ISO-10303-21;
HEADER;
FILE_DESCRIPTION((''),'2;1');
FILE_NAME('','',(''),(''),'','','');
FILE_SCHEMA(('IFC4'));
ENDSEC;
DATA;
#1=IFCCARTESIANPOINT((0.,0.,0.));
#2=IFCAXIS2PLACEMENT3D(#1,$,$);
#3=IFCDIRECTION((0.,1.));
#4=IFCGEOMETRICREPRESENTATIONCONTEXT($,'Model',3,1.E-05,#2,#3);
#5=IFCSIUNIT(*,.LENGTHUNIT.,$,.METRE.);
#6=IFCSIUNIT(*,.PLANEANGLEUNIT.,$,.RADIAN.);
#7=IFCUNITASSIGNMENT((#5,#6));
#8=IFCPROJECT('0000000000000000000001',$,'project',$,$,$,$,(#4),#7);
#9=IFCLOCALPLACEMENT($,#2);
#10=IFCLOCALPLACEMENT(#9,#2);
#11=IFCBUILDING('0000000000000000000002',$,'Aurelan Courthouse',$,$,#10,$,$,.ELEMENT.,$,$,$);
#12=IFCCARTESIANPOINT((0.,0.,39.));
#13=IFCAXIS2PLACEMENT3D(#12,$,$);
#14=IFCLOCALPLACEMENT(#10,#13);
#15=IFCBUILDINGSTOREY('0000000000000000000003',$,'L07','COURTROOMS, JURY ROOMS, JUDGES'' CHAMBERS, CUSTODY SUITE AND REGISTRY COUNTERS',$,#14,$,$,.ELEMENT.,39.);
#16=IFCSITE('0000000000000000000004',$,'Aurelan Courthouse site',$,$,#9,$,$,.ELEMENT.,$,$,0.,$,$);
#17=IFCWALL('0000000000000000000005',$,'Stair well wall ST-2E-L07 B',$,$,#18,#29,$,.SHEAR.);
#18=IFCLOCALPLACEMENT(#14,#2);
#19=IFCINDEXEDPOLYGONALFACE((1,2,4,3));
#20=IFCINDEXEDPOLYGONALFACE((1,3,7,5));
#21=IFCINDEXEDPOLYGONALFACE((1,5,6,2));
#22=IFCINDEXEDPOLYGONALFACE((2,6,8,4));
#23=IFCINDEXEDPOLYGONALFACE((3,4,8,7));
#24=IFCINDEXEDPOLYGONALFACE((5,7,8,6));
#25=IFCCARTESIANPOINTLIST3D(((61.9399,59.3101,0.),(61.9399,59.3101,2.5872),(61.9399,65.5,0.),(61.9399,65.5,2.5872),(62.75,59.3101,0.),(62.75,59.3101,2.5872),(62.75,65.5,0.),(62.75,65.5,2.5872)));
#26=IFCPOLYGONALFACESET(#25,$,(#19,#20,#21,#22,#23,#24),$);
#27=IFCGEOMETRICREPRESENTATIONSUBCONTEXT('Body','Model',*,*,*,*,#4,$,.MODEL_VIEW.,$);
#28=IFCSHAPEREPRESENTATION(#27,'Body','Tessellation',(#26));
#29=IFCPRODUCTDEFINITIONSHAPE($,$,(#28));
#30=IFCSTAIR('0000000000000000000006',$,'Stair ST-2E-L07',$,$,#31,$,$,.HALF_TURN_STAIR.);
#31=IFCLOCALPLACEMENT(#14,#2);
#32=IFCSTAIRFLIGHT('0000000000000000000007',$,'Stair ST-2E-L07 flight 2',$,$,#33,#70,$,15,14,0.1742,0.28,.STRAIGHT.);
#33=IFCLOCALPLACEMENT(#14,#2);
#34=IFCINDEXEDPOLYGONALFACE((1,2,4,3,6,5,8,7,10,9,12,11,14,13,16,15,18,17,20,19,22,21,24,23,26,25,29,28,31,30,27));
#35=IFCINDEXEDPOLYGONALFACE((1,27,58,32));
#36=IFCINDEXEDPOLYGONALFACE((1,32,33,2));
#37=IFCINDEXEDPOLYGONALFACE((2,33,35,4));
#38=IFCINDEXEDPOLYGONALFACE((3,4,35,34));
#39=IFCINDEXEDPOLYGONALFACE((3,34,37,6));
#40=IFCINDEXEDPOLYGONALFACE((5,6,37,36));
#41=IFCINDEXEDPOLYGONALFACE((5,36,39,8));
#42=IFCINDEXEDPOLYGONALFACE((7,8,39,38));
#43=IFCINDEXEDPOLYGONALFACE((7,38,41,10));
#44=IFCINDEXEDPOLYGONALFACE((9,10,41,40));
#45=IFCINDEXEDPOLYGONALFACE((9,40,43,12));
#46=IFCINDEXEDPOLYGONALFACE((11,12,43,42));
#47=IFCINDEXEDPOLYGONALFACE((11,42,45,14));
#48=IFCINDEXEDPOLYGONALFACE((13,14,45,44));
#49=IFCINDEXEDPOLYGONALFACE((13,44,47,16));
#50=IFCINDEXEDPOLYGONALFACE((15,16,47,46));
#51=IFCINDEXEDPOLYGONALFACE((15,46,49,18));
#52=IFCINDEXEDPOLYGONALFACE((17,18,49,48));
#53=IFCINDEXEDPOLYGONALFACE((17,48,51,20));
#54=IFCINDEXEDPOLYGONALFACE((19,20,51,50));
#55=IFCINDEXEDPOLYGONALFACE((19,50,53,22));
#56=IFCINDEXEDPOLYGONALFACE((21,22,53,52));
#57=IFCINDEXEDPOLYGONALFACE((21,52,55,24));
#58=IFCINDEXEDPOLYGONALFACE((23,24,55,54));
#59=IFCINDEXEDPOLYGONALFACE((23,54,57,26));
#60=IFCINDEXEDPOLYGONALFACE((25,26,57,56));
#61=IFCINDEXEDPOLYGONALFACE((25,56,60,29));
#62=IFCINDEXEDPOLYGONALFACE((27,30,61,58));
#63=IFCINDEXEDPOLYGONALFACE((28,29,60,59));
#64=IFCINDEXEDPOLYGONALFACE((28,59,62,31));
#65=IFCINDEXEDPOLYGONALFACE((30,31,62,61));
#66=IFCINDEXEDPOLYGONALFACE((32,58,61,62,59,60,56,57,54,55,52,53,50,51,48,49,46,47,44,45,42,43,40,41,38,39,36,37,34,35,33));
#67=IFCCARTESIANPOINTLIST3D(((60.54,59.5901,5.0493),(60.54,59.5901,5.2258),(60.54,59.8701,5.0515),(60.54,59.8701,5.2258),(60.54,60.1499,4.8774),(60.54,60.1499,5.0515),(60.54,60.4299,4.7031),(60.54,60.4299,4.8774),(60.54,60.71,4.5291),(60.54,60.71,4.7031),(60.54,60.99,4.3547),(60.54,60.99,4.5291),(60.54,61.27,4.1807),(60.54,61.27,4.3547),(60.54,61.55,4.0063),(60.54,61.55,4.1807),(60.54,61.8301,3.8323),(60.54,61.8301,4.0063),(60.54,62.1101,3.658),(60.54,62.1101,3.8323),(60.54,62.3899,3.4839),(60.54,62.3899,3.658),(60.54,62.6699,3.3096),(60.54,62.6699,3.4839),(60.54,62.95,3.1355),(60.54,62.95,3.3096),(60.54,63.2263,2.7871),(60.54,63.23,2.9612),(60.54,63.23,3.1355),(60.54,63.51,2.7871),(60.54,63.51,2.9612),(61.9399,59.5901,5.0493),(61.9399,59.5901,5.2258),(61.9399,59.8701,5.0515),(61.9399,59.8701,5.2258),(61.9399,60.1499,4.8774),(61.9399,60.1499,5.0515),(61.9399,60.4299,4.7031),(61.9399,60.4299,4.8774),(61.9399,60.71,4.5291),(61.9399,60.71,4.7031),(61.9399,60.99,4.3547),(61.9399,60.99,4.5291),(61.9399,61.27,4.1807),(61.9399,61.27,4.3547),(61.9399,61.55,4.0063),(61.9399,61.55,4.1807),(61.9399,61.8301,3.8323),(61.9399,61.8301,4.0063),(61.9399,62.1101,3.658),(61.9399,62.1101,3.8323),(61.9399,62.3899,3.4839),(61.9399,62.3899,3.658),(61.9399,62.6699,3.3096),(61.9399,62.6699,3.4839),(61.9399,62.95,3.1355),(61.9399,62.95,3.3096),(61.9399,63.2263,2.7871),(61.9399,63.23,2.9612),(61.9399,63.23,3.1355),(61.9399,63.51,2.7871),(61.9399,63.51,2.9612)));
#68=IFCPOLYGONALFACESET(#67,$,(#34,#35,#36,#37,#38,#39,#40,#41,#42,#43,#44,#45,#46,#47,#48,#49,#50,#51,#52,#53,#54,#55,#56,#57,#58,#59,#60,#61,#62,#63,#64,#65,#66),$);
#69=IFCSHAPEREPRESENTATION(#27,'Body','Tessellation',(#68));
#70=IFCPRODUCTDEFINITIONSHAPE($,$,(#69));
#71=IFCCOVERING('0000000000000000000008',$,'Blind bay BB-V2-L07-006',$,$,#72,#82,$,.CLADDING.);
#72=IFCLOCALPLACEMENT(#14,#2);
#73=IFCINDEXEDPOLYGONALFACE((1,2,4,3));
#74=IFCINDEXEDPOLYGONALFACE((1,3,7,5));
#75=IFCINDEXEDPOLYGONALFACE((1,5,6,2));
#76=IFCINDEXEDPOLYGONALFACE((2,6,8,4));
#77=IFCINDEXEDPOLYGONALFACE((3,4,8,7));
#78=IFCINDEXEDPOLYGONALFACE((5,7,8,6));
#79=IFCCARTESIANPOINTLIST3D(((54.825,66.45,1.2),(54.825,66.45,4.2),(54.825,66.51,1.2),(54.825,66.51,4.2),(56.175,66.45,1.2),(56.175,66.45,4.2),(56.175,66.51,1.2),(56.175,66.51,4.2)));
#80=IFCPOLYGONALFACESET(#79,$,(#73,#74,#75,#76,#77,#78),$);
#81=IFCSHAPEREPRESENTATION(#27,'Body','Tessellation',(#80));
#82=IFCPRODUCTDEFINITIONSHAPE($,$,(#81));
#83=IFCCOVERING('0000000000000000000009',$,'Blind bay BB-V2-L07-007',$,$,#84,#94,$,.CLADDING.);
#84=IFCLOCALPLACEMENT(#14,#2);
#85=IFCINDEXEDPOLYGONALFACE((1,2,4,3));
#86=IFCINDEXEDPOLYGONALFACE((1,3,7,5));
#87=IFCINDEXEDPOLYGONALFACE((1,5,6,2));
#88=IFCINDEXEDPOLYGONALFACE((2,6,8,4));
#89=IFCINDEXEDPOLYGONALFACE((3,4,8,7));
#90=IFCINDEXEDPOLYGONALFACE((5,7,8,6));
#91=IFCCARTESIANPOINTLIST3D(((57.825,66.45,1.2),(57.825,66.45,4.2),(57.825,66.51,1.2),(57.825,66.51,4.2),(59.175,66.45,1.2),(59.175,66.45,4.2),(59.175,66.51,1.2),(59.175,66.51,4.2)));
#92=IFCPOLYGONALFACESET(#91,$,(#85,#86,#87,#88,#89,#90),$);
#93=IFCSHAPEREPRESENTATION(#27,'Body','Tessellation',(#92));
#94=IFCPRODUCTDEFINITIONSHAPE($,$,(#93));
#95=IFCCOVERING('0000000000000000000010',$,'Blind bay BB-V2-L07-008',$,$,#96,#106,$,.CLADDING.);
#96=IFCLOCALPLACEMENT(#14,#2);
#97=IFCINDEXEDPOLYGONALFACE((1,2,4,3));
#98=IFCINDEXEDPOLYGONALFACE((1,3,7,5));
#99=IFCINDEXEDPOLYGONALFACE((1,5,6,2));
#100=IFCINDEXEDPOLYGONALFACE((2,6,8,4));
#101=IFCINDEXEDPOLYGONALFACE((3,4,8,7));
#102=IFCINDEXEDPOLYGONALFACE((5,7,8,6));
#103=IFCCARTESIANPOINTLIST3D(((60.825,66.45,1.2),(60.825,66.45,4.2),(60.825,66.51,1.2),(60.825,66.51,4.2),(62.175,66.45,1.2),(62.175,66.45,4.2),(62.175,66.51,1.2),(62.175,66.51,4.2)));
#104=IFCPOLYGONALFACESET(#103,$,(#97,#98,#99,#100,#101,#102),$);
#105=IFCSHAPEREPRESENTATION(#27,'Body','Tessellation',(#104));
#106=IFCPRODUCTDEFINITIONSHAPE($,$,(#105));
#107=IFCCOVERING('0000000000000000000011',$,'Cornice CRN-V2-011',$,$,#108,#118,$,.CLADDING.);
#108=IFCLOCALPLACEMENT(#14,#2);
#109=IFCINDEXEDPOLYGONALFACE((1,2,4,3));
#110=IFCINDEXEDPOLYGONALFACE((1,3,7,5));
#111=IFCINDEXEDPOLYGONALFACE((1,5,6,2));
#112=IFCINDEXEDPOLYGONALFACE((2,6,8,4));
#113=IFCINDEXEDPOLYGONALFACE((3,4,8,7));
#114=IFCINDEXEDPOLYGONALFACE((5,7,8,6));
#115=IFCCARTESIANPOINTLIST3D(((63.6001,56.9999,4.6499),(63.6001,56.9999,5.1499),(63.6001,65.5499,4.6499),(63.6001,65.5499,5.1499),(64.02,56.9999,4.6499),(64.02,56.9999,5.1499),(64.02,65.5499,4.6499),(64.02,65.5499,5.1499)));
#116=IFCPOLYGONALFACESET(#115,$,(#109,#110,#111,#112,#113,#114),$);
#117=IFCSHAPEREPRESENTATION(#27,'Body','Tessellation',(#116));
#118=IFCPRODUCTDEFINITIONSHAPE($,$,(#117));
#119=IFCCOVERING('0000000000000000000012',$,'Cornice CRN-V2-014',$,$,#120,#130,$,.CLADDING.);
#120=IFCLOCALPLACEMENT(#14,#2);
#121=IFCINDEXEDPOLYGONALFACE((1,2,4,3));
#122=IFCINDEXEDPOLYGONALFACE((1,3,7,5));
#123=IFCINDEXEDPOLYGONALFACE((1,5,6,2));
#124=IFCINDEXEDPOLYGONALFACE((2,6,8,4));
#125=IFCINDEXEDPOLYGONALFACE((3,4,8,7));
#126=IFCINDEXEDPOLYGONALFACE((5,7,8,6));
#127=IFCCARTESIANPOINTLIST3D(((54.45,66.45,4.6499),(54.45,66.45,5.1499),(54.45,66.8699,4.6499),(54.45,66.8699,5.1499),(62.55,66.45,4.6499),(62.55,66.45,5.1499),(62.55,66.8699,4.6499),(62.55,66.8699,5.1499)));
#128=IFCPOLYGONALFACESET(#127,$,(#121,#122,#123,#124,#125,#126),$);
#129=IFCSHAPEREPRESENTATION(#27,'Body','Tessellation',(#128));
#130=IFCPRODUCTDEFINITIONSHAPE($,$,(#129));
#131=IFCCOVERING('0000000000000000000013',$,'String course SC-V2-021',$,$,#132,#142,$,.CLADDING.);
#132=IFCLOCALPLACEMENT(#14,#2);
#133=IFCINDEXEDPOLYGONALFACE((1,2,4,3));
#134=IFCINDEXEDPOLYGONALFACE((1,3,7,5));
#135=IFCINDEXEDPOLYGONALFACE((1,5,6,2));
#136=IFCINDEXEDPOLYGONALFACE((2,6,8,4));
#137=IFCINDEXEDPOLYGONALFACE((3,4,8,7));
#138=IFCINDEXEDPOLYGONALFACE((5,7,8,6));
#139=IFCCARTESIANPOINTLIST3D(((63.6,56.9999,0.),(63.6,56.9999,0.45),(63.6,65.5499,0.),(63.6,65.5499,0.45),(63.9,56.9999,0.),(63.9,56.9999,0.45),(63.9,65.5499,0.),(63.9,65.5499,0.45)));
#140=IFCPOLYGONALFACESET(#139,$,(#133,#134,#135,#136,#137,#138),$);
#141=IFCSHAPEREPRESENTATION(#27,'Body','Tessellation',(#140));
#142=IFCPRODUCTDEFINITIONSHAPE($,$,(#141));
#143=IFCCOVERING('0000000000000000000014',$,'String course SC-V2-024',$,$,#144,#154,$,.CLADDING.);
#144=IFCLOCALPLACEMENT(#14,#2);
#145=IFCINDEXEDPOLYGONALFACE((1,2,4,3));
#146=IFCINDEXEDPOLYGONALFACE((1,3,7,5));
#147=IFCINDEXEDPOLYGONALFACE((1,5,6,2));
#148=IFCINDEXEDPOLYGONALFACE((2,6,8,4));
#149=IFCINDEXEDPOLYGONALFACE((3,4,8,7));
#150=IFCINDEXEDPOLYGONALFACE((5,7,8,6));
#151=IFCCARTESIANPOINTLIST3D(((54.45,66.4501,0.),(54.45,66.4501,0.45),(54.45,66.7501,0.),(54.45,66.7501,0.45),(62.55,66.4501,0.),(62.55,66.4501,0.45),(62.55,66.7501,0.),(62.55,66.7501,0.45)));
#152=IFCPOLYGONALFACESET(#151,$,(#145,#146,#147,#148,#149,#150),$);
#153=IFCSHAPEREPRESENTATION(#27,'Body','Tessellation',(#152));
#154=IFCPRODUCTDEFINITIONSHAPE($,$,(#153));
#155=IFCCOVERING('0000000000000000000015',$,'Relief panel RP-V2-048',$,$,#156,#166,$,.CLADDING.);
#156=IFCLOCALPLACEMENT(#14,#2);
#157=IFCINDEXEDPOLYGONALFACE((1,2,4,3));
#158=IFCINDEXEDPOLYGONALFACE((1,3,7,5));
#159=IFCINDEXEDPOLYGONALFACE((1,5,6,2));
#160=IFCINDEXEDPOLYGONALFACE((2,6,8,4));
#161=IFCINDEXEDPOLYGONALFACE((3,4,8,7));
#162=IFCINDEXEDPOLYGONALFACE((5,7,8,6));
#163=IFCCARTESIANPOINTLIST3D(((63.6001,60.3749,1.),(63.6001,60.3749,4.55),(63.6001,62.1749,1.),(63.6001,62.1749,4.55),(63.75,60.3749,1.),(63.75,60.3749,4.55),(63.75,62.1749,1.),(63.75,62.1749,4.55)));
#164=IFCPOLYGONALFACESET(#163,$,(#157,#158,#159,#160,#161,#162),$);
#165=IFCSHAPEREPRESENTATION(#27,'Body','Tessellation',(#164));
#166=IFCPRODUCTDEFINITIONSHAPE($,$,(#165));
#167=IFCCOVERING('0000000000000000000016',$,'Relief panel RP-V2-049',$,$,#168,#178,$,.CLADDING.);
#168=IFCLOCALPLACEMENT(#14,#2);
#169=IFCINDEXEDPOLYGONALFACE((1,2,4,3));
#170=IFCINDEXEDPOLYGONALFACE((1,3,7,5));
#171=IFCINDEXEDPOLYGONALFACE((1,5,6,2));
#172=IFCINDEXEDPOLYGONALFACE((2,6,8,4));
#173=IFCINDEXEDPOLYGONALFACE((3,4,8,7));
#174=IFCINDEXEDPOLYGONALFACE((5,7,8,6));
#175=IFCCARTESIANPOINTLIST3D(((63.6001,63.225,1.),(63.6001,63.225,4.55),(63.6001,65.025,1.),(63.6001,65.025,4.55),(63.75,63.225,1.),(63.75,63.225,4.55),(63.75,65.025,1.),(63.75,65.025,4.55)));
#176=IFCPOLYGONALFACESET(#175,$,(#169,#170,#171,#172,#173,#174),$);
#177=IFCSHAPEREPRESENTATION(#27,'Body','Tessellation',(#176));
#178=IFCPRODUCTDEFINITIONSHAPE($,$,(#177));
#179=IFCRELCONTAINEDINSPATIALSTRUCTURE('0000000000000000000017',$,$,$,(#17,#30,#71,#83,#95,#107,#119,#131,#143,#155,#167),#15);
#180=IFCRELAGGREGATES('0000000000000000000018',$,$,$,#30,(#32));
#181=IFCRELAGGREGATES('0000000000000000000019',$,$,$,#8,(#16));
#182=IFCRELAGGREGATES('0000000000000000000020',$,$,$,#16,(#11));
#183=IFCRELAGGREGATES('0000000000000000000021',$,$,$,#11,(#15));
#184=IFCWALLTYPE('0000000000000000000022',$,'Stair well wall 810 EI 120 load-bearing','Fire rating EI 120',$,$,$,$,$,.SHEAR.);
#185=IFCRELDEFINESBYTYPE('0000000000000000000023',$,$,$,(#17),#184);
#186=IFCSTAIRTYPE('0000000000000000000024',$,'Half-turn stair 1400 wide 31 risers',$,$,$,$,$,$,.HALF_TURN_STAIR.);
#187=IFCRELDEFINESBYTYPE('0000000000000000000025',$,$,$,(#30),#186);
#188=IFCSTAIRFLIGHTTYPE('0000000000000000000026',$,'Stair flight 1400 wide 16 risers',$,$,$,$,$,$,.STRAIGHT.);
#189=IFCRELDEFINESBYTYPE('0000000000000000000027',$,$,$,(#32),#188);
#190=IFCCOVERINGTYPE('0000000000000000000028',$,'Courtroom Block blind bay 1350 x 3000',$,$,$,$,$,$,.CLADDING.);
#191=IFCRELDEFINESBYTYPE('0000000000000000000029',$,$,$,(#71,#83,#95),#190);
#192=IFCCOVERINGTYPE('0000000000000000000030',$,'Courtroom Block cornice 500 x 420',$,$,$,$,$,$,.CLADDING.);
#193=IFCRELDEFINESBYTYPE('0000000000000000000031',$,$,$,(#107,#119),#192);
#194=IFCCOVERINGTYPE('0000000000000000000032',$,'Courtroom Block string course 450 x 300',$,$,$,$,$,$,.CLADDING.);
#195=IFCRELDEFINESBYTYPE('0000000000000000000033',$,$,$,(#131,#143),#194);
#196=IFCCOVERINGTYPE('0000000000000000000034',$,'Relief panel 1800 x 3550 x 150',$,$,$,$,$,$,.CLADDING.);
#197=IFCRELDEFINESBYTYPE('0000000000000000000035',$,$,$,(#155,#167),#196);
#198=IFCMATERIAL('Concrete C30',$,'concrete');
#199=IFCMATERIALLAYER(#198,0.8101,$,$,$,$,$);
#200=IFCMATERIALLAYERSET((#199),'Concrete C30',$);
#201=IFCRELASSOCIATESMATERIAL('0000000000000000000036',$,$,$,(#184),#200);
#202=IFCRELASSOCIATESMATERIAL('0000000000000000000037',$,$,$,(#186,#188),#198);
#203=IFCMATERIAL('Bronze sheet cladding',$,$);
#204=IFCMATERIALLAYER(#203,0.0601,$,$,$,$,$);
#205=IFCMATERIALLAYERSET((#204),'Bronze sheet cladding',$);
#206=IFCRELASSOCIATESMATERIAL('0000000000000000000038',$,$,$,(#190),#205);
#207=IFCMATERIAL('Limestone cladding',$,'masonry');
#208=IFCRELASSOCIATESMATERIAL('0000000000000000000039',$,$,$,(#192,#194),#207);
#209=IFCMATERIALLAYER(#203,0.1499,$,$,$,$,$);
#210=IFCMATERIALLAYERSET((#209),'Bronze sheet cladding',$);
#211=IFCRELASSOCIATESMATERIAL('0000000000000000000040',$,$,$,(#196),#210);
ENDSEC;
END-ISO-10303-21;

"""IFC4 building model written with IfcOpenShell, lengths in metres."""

from ifc_helpers import new_model, si_unit, direction, frame, frame_2d, origin, origin_2d, place, context, subcontext, project, spatial, polyline, rectangle, outline, extrude, material, layer, layer_set, type_object, element, aggregate, save


model = new_model("IFC4")

# Units and contexts
model_context = context("Model", 3, precision=1e-05, world=origin(), true_north=direction((0.0, 1.0)))
body_context = subcontext(model_context, "Body", "Model", "MODEL_VIEW")
ifc_project = project(units=[si_unit("LENGTHUNIT", "METRE"), si_unit("PLANEANGLEUNIT", "RADIAN")], contexts=[model_context])

# Site, building, storey
site_placement = place(None, origin())
site = spatial("IfcSite", under=ifc_project, at=site_placement, Name="Aurelan Courthouse site", CompositionType="ELEMENT", RefElevation=0.0)
building_placement = place(site_placement, origin())
building = spatial("IfcBuilding", under=site, at=building_placement, Name="Aurelan Courthouse", CompositionType="ELEMENT")
storey_placement = place(building_placement, frame((0.0, 0.0, 39.0)))
storey = spatial("IfcBuildingStorey", under=building, at=storey_placement, Name="L07", Description="COURTROOMS, JURY ROOMS, JUDGES' CHAMBERS, CUSTODY SUITE AND REGISTRY COUNTERS", CompositionType="ELEMENT", Elevation=39.0)

# Shared definitions
ifc_material_1 = material(Name="Limestone cladding", Category="masonry")
ifc_material_2 = material(Name="Concrete C30", Category="concrete")

# Wall
ifc_layer_1 = layer(ifc_material_2, 0.8101)
ifc_layer_set_1 = layer_set([ifc_layer_1], Name="Concrete C30")
wall_type_1 = type_object("IfcWallType", Name="Stair well wall 810 EI 120 load-bearing", Description="Fire rating EI 120", PredefinedType="SHEAR", material=ifc_layer_set_1)
wall_1_placement = place(storey_placement, frame((62.345, 59.3101, 0.0), z_axis=(0.0, 0.0, 1.0), x_axis=(0.0, 1.0, 0.0)))
element("IfcWall", 1, at=wall_1_placement, inside=storey, type_object=wall_type_1, Name="Stair well wall ST-2E-L07 B", PredefinedType="SHEAR", context=body_context, shape_type="SweptSolid", body=[
    extrude(rectangle(XDim=6.1899, YDim=0.8101, at=frame_2d((3.095, 0.0))), origin(), (0.0, 0.0, 1.0), 2.5872),
])

# Stair, stair flight
stair_type = type_object("IfcStairType", Name="Half-turn stair 1400 wide 31 risers", PredefinedType="HALF_TURN_STAIR", material=ifc_material_2)
stair_placement = place(storey_placement, origin())
stair = element("IfcStair", 2, at=stair_placement, inside=storey, type_object=stair_type, Name="Stair ST-2E-L07", PredefinedType="HALF_TURN_STAIR")
stair_flight_type = type_object("IfcStairFlightType", Name="Stair flight 1400 wide 16 risers", PredefinedType="STRAIGHT", material=ifc_material_2)
stair_flight_placement = place(storey_placement, frame((61.24, 63.51, 2.7871), z_axis=(0.0, 0.0, 1.0), x_axis=(0.0, -1.0, 0.0)))
stair_flight = element("IfcStairFlight", 3, at=stair_flight_placement, type_object=stair_flight_type, Name="Stair ST-2E-L07 flight 2", NumberOfRisers=15, NumberOfTreads=14, PredefinedType="STRAIGHT", RiserHeight=0.1742, TreadLength=0.28, context=body_context, shape_type="SweptSolid", body=[
    extrude(outline(polyline([(0.0, 0.0), (0.0, 0.1741), (0.28, 0.1741), (0.28, 0.3484), (0.5601, 0.3484), (0.5601, 0.5225), (0.8401, 0.5225), (0.8401, 0.6968), (1.1201, 0.6968), (1.1201, 0.8708), (1.3999, 0.8708), (1.3999, 1.0452), (1.6799, 1.0452), (1.6799, 1.2192), (1.96, 1.2192), (1.96, 1.3936), (2.24, 1.3936), (2.24, 1.5676), (2.52, 1.5676), (2.52, 1.7419), (2.8, 1.7419), (2.8, 1.916), (3.0801, 1.916), (3.0801, 2.0903), (3.3601, 2.0903), (3.3601, 2.2644), (3.6399, 2.2644), (3.6399, 2.4387), (3.9199, 2.4387), (3.9199, 2.6128), (3.9199, 2.2622), (0.2837, 0.0), (0.0, 0.0)])), frame((0.0, 0.7, 0.0), z_axis=(0.0, -1.0, 0.0), x_axis=(1.0, 0.0, 0.0)), (0.0, 0.0, 1.0), 1.3999),
])
aggregate(stair, [stair_flight])

# Coverings
ifc_material_3 = material(Name="Bronze sheet cladding")
ifc_layer_2 = layer(ifc_material_3, 0.0601)
ifc_layer_set_2 = layer_set([ifc_layer_2], Name="Bronze sheet cladding")
covering_type_1 = type_object("IfcCoveringType", Name="Courtroom Block blind bay 1350 x 3000", PredefinedType="CLADDING", material=ifc_layer_set_2)
for number, where, z_axis, x_axis, name in (
    (4, (55.5, 66.48, 1.2), (0.0, 0.0, 1.0), (1.0, 0.0, 0.0), "Blind bay BB-V2-L07-006"),
    (5, (58.5, 66.48, 1.2), (0.0, 0.0, 1.0), (1.0, 0.0, 0.0), "Blind bay BB-V2-L07-007"),
    (6, (61.5, 66.48, 1.2), (0.0, 0.0, 1.0), (1.0, 0.0, 0.0), "Blind bay BB-V2-L07-008"),
):
    element("IfcCovering", number, at=place(storey_placement, frame(where, z_axis=z_axis, x_axis=x_axis)), inside=storey, type_object=covering_type_1, Name=name, PredefinedType="CLADDING", context=body_context, shape_type="SweptSolid", body=[
        extrude(rectangle(XDim=1.3501, YDim=0.0601, at=origin_2d()), origin(), (0.0, 0.0, 1.0), 3.0),
    ])
covering_type_2 = type_object("IfcCoveringType", Name="Courtroom Block cornice 500 x 420", PredefinedType="CLADDING", material=ifc_material_1)
covering_1_placement = place(storey_placement, frame((63.8101, 61.2749, 4.6499), z_axis=(0.0, 0.0, 1.0), x_axis=(1.0, 0.0, 0.0)))
element("IfcCovering", 7, at=covering_1_placement, inside=storey, type_object=covering_type_2, Name="Cornice CRN-V2-011", PredefinedType="CLADDING", context=body_context, shape_type="SweptSolid", body=[
    extrude(rectangle(XDim=0.4199, YDim=8.55, at=origin_2d()), origin(), (0.0, 0.0, 1.0), 0.5),
])
covering_2_placement = place(storey_placement, frame((58.5, 66.6599, 4.6499), z_axis=(0.0, 0.0, 1.0), x_axis=(1.0, 0.0, 0.0)))
element("IfcCovering", 8, at=covering_2_placement, inside=storey, type_object=covering_type_2, Name="Cornice CRN-V2-014", PredefinedType="CLADDING", context=body_context, shape_type="SweptSolid", body=[
    extrude(rectangle(XDim=8.1001, YDim=0.4199, at=origin_2d()), origin(), (0.0, 0.0, 1.0), 0.5),
])
covering_type_3 = type_object("IfcCoveringType", Name="Courtroom Block string course 450 x 300", PredefinedType="CLADDING", material=ifc_material_1)
covering_3_placement = place(storey_placement, frame((63.75, 61.2749, 0.0), z_axis=(0.0, 0.0, 1.0), x_axis=(1.0, 0.0, 0.0)))
element("IfcCovering", 9, at=covering_3_placement, inside=storey, type_object=covering_type_3, Name="String course SC-V2-021", PredefinedType="CLADDING", context=body_context, shape_type="SweptSolid", body=[
    extrude(rectangle(XDim=0.3, YDim=8.55, at=origin_2d()), origin(), (0.0, 0.0, 1.0), 0.45),
])
covering_4_placement = place(storey_placement, frame((58.5, 66.6001, 0.0), z_axis=(0.0, 0.0, 1.0), x_axis=(1.0, 0.0, 0.0)))
element("IfcCovering", 10, at=covering_4_placement, inside=storey, type_object=covering_type_3, Name="String course SC-V2-024", PredefinedType="CLADDING", context=body_context, shape_type="SweptSolid", body=[
    extrude(rectangle(XDim=8.1001, YDim=0.3, at=origin_2d()), origin(), (0.0, 0.0, 1.0), 0.45),
])
ifc_layer_3 = layer(ifc_material_3, 0.1499)
ifc_layer_set_3 = layer_set([ifc_layer_3], Name="Bronze sheet cladding")
covering_type_4 = type_object("IfcCoveringType", Name="Relief panel 1800 x 3550 x 150", PredefinedType="CLADDING", material=ifc_layer_set_3)
for number, where, z_axis, x_axis, name in (
    (11, (63.675, 61.2749, 1.0), (0.0, 0.0, 1.0), (1.0, 0.0, 0.0), "Relief panel RP-V2-048"),
    (12, (63.675, 64.125, 1.0), (0.0, 0.0, 1.0), (1.0, 0.0, 0.0), "Relief panel RP-V2-049"),
):
    element("IfcCovering", number, at=place(storey_placement, frame(where, z_axis=z_axis, x_axis=x_axis)), inside=storey, type_object=covering_type_4, Name=name, PredefinedType="CLADDING", context=body_context, shape_type="SweptSolid", body=[
        extrude(rectangle(XDim=0.1499, YDim=1.8, at=origin_2d()), origin(), (0.0, 0.0, 1.0), 3.55),
    ])

save(model, "model.ifc")
